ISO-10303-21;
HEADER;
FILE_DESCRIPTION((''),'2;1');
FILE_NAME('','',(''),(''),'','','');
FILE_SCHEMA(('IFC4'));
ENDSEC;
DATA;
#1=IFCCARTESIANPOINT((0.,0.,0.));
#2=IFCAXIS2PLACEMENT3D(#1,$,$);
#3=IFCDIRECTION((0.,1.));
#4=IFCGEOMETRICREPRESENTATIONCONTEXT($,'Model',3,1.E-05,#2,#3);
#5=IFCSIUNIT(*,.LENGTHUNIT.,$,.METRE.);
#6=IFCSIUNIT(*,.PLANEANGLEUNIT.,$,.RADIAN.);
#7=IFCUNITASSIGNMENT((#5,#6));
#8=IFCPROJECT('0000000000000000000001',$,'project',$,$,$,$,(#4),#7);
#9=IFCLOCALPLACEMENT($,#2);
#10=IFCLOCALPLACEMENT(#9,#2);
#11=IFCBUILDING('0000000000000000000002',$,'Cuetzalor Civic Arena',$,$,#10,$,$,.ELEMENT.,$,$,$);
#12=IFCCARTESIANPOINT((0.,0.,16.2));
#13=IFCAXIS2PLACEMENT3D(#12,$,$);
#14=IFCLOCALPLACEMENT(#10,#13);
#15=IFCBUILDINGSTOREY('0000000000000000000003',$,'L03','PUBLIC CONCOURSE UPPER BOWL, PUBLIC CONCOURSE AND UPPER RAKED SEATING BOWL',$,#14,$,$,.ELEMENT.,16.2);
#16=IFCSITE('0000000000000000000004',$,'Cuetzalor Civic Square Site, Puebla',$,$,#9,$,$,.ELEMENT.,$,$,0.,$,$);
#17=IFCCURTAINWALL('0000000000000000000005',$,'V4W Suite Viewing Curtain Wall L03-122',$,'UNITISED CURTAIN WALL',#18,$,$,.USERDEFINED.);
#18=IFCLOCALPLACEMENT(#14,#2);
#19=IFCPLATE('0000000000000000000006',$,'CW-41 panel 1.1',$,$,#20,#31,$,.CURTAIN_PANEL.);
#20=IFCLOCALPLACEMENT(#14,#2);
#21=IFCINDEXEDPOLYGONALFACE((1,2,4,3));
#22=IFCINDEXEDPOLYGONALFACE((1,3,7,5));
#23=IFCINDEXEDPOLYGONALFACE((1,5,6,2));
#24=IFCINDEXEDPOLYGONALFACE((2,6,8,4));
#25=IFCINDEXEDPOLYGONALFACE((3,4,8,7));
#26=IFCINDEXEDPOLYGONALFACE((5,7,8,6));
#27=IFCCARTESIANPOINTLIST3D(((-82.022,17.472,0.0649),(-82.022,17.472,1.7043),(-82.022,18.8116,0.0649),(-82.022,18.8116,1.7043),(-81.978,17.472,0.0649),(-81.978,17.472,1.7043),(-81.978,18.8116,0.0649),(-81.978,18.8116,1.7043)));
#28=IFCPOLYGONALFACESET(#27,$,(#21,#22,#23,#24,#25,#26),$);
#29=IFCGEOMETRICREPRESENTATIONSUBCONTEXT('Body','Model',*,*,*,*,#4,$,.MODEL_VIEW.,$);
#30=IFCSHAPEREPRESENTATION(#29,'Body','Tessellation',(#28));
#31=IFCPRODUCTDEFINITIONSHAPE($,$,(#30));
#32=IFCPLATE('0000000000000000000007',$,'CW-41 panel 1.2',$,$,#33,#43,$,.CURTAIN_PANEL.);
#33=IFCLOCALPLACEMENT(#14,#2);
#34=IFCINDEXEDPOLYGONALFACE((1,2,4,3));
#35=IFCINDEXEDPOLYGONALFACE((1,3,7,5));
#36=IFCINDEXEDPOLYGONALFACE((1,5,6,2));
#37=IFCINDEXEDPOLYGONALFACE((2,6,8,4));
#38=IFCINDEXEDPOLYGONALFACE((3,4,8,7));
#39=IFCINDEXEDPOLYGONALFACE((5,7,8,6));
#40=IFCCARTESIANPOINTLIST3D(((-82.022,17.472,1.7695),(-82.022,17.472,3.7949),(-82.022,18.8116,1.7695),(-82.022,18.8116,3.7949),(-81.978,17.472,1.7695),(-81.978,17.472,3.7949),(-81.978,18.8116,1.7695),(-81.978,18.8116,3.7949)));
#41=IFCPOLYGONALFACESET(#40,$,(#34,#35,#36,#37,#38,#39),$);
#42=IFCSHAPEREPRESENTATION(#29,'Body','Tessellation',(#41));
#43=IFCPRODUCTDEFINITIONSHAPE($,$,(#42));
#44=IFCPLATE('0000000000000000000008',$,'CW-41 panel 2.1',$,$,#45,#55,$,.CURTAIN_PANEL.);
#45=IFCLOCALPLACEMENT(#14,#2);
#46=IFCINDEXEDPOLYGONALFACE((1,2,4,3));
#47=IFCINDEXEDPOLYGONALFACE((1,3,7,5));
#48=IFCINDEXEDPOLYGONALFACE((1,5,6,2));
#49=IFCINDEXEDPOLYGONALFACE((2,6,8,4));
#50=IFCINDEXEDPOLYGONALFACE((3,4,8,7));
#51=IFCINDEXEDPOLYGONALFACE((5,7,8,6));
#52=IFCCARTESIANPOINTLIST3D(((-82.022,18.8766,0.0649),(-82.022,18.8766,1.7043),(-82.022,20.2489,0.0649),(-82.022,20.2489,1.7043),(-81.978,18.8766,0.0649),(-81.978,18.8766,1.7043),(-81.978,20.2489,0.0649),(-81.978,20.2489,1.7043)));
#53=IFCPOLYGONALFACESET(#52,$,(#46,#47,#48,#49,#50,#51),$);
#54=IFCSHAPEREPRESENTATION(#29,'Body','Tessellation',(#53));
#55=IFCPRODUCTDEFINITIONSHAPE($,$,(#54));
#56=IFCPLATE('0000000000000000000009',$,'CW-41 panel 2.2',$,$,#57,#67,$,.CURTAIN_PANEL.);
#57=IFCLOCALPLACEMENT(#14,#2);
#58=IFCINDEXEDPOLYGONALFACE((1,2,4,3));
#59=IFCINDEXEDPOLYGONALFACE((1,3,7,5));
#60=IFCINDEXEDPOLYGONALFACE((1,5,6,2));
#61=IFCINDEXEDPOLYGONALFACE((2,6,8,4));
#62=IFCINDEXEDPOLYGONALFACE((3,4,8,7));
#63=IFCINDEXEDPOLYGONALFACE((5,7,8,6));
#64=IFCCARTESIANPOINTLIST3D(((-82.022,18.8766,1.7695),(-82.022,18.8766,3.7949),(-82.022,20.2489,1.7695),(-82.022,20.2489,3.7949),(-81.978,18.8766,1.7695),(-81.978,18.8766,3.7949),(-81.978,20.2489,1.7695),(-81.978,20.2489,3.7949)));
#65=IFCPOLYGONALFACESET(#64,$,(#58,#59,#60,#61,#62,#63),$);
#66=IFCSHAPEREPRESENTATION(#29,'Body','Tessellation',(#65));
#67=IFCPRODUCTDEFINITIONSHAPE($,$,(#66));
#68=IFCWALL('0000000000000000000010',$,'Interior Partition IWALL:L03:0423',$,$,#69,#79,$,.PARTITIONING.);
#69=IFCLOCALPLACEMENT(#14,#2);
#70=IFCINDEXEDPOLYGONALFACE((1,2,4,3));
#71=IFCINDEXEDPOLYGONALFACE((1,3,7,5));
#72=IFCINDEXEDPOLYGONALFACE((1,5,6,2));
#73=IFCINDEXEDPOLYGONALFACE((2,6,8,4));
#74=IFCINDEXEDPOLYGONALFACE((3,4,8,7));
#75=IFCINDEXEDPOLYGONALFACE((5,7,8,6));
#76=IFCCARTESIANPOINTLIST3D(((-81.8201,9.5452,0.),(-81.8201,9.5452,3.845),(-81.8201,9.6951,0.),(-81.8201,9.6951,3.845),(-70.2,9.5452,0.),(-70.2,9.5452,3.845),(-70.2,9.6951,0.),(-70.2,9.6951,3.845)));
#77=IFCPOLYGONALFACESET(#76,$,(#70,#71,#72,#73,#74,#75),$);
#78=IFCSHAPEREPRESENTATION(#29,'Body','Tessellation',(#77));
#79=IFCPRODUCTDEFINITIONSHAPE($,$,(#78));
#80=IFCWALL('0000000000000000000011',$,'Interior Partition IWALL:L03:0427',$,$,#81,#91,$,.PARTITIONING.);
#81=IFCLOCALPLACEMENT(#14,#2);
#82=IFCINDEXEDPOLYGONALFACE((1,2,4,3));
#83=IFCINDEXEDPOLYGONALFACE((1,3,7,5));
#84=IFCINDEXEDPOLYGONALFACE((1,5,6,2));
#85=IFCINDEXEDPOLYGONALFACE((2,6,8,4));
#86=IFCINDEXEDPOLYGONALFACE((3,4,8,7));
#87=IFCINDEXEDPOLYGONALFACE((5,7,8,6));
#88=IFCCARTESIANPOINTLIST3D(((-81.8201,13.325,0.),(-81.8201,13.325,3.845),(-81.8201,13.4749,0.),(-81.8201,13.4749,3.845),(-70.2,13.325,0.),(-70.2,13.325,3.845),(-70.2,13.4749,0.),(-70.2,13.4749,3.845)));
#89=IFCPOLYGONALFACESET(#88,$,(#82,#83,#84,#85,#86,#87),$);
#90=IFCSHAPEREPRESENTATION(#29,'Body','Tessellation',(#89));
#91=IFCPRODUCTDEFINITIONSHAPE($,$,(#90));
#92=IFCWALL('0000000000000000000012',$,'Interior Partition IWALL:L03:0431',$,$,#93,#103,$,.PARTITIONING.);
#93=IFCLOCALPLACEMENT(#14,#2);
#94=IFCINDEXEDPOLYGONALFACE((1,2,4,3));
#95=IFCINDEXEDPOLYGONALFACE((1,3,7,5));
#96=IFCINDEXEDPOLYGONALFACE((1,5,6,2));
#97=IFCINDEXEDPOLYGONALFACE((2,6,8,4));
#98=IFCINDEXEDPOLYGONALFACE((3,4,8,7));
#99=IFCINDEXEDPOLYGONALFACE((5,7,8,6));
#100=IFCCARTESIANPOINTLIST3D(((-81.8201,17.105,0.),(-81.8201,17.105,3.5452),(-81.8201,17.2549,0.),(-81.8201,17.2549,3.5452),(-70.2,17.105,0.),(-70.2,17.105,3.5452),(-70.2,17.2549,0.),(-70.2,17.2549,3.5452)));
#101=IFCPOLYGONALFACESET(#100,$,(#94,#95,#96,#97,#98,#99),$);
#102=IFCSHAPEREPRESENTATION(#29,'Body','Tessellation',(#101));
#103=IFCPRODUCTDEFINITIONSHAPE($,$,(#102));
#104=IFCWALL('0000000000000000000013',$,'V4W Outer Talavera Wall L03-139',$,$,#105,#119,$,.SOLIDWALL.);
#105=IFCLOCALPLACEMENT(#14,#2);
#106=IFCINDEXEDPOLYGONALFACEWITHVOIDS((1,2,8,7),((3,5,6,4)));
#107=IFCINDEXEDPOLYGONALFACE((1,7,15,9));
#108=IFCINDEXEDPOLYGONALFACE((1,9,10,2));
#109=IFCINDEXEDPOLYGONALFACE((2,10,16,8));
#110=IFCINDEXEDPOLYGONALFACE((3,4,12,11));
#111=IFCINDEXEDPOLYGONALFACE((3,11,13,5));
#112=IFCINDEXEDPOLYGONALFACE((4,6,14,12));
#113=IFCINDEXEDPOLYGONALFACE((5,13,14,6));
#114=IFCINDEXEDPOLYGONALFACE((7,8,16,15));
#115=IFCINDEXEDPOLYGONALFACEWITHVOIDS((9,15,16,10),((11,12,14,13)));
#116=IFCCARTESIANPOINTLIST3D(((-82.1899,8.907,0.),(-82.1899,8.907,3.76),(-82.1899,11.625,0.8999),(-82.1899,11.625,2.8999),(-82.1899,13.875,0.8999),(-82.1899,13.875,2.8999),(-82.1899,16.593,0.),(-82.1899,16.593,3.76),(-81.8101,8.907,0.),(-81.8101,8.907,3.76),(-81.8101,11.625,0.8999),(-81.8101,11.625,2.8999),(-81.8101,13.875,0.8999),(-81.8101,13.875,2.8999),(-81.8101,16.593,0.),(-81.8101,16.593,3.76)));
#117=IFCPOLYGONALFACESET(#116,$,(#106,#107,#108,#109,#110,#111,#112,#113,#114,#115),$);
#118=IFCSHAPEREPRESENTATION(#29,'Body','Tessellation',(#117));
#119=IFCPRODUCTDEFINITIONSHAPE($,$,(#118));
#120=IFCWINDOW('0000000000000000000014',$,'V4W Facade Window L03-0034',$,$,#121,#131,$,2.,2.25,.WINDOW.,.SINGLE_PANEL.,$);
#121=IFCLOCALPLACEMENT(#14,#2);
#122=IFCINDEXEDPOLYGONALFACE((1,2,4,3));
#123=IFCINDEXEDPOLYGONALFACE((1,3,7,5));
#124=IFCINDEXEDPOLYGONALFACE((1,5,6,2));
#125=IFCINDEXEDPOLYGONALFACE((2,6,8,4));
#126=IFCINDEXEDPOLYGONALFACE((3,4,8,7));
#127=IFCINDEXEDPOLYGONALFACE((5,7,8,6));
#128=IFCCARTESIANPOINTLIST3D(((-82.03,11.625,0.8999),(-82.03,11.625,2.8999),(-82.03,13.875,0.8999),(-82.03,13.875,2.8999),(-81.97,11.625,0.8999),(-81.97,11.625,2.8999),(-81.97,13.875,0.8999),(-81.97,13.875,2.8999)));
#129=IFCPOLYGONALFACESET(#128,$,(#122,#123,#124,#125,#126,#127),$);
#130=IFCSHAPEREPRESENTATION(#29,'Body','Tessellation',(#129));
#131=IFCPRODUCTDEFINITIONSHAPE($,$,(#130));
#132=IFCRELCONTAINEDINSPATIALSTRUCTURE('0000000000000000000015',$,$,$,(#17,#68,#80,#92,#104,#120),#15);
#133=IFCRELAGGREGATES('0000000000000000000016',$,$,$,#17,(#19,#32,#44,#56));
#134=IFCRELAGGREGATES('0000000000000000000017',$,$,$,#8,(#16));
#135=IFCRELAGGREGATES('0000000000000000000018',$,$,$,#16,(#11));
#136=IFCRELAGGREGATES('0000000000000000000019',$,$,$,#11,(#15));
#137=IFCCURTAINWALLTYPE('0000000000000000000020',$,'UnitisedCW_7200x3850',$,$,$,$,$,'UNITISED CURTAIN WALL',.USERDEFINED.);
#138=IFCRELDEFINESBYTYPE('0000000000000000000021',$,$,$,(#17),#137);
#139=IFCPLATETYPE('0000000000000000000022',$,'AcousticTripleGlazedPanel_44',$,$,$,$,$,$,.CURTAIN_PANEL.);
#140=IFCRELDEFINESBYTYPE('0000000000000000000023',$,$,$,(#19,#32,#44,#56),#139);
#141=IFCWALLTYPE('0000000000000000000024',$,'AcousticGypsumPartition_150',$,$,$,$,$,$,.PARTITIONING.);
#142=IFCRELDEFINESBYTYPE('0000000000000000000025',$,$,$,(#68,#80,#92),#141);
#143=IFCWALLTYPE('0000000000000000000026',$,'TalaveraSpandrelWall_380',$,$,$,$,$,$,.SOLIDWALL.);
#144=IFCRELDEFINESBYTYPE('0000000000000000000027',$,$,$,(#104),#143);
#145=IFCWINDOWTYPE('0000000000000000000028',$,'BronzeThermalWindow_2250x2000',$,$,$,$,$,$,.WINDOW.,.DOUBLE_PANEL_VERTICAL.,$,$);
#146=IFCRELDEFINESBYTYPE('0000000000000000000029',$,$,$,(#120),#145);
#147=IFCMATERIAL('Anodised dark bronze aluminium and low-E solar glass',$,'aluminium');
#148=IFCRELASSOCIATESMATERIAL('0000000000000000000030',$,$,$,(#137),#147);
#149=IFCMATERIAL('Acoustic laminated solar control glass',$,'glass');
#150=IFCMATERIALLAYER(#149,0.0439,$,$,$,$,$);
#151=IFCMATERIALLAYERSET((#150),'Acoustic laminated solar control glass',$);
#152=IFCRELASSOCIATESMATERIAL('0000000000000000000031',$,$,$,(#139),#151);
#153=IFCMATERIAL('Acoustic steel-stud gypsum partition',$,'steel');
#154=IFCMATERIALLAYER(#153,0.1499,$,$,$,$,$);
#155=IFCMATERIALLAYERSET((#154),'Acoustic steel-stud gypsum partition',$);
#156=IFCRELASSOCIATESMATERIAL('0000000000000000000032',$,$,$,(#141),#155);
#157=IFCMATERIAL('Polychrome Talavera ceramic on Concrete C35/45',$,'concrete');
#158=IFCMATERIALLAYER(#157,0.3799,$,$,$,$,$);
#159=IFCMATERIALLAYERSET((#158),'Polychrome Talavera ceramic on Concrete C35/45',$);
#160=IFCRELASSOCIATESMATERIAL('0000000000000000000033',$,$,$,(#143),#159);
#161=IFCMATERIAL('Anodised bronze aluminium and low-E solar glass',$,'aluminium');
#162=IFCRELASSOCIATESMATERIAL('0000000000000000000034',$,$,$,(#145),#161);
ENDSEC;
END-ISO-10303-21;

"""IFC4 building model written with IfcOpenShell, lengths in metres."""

from ifc_helpers import new_model, si_unit, direction, frame, frame_2d, origin, origin_2d, place, context, subcontext, project, spatial, rectangle, extrude, material, layer, layer_set, type_object, element, fill, aggregate, save


model = new_model("IFC4")

# Units and contexts
model_context = context("Model", 3, precision=1e-05, world=origin(), true_north=direction((0.0, 1.0)))
body_context = subcontext(model_context, "Body", "Model", "MODEL_VIEW")
ifc_project = project(units=[si_unit("LENGTHUNIT", "METRE"), si_unit("PLANEANGLEUNIT", "RADIAN")], contexts=[model_context])

# Site, building, storey
site_placement = place(None, origin())
site = spatial("IfcSite", under=ifc_project, at=site_placement, Name="Cuetzalor Civic Square Site, Puebla", CompositionType="ELEMENT", RefElevation=0.0)
building_placement = place(site_placement, origin())
building = spatial("IfcBuilding", under=site, at=building_placement, Name="Cuetzalor Civic Arena", CompositionType="ELEMENT")
storey_placement = place(building_placement, frame((0.0, 0.0, 16.2)))
storey = spatial("IfcBuildingStorey", under=building, at=storey_placement, Name="L03", Description="PUBLIC CONCOURSE UPPER BOWL, PUBLIC CONCOURSE AND UPPER RAKED SEATING BOWL", CompositionType="ELEMENT", Elevation=16.2)

# Curtain wall
ifc_material_1 = material(Name="Anodised dark bronze aluminium and low-E solar glass", Category="aluminium")
curtain_wall_type = type_object("IfcCurtainWallType", Name="UnitisedCW_7200x3850", ElementType="UNITISED CURTAIN WALL", PredefinedType="USERDEFINED", material=ifc_material_1)
curtain_wall_placement = place(storey_placement, origin())
curtain_wall = element("IfcCurtainWall", 1, at=curtain_wall_placement, inside=storey, type_object=curtain_wall_type, Name="V4W Suite Viewing Curtain Wall L03-122", ObjectType="UNITISED CURTAIN WALL", PredefinedType="USERDEFINED")

# Plates
ifc_material_2 = material(Name="Acoustic laminated solar control glass", Category="glass")
ifc_layer_1 = layer(ifc_material_2, 0.0439)
ifc_layer_set_1 = layer_set([ifc_layer_1], Name="Acoustic laminated solar control glass")
plate_type = type_object("IfcPlateType", Name="AcousticTripleGlazedPanel_44", PredefinedType="CURTAIN_PANEL", material=ifc_layer_set_1)
plate_1_placement = place(storey_placement, frame((-82.0, 18.1418, 0.0649), z_axis=(0.0, 0.0, 1.0), x_axis=(0.0, 1.0, 0.0)))
plate_1 = element("IfcPlate", 2, at=plate_1_placement, type_object=plate_type, Name="CW-41 panel 1.1", PredefinedType="CURTAIN_PANEL", context=body_context, shape_type="SweptSolid", body=[
    extrude(rectangle(XDim=1.3396, YDim=0.0439, at=origin_2d()), origin(), (0.0, 0.0, 1.0), 1.6394),
])
plate_2_placement = place(storey_placement, frame((-82.0, 18.1418, 1.7695), z_axis=(0.0, 0.0, 1.0), x_axis=(0.0, 1.0, 0.0)))
plate_2 = element("IfcPlate", 3, at=plate_2_placement, type_object=plate_type, Name="CW-41 panel 1.2", PredefinedType="CURTAIN_PANEL", context=body_context, shape_type="SweptSolid", body=[
    extrude(rectangle(XDim=1.3396, YDim=0.0439, at=origin_2d()), origin(), (0.0, 0.0, 1.0), 2.0254),
])
plate_3_placement = place(storey_placement, frame((-82.0, 19.5627, 0.0649), z_axis=(0.0, 0.0, 1.0), x_axis=(0.0, 1.0, 0.0)))
plate_3 = element("IfcPlate", 4, at=plate_3_placement, type_object=plate_type, Name="CW-41 panel 2.1", PredefinedType="CURTAIN_PANEL", context=body_context, shape_type="SweptSolid", body=[
    extrude(rectangle(XDim=1.3723, YDim=0.0439, at=origin_2d()), origin(), (0.0, 0.0, 1.0), 1.6394),
])
plate_4_placement = place(storey_placement, frame((-82.0, 19.5627, 1.7695), z_axis=(0.0, 0.0, 1.0), x_axis=(0.0, 1.0, 0.0)))
plate_4 = element("IfcPlate", 5, at=plate_4_placement, type_object=plate_type, Name="CW-41 panel 2.2", PredefinedType="CURTAIN_PANEL", context=body_context, shape_type="SweptSolid", body=[
    extrude(rectangle(XDim=1.3723, YDim=0.0439, at=origin_2d()), origin(), (0.0, 0.0, 1.0), 2.0254),
])
aggregate(curtain_wall, [plate_1, plate_2, plate_3, plate_4])

# Wall
ifc_material_3 = material(Name="Acoustic steel-stud gypsum partition", Category="steel")
ifc_layer_2 = layer(ifc_material_3, 0.1499)
ifc_layer_set_2 = layer_set([ifc_layer_2], Name="Acoustic steel-stud gypsum partition")
wall_type_1 = type_object("IfcWallType", Name="AcousticGypsumPartition_150", PredefinedType="PARTITIONING", material=ifc_layer_set_2)
wall_1_placement = place(storey_placement, frame((-81.8201, 9.6201, 0.0), z_axis=(0.0, 0.0, 1.0), x_axis=(1.0, 0.0, 0.0)))
element("IfcWall", 6, at=wall_1_placement, inside=storey, type_object=wall_type_1, Name="Interior Partition IWALL:L03:0423", PredefinedType="PARTITIONING", context=body_context, shape_type="SweptSolid", body=[
    extrude(rectangle(XDim=11.6201, YDim=0.1499, at=frame_2d((5.8101, 0.0))), origin(), (0.0, 0.0, 1.0), 3.845),
])

# Wall
wall_2_placement = place(storey_placement, frame((-81.8201, 13.3999, 0.0), z_axis=(0.0, 0.0, 1.0), x_axis=(1.0, 0.0, 0.0)))
element("IfcWall", 7, at=wall_2_placement, inside=storey, type_object=wall_type_1, Name="Interior Partition IWALL:L03:0427", PredefinedType="PARTITIONING", context=body_context, shape_type="SweptSolid", body=[
    extrude(rectangle(XDim=11.6201, YDim=0.1499, at=frame_2d((5.8101, 0.0))), origin(), (0.0, 0.0, 1.0), 3.845),
])

# Wall
wall_3_placement = place(storey_placement, frame((-81.8201, 17.1799, 0.0), z_axis=(0.0, 0.0, 1.0), x_axis=(1.0, 0.0, 0.0)))
element("IfcWall", 8, at=wall_3_placement, inside=storey, type_object=wall_type_1, Name="Interior Partition IWALL:L03:0431", PredefinedType="PARTITIONING", context=body_context, shape_type="SweptSolid", body=[
    extrude(rectangle(XDim=11.6201, YDim=0.1499, at=frame_2d((5.8101, 0.0))), origin(), (0.0, 0.0, 1.0), 3.5452),
])

# Wall, opening, window
ifc_material_4 = material(Name="Polychrome Talavera ceramic on Concrete C35/45", Category="concrete")
ifc_layer_3 = layer(ifc_material_4, 0.3799)
ifc_layer_set_3 = layer_set([ifc_layer_3], Name="Polychrome Talavera ceramic on Concrete C35/45")
wall_type_2 = type_object("IfcWallType", Name="TalaveraSpandrelWall_380", PredefinedType="SOLIDWALL", material=ifc_layer_set_3)
wall_4_placement = place(storey_placement, frame((-82.0, 8.907, 0.0), z_axis=(0.0, 0.0, 1.0), x_axis=(0.0, 1.0, 0.0)))
wall_4 = element("IfcWall", 9, at=wall_4_placement, inside=storey, type_object=wall_type_2, Name="V4W Outer Talavera Wall L03-139", PredefinedType="SOLIDWALL", context=body_context, shape_type="SweptSolid", body=[
    extrude(rectangle(XDim=7.686, YDim=0.3799, at=frame_2d((3.843, 0.0))), origin(), (0.0, 0.0, 1.0), 3.76),
])
opening_1_placement = place(wall_4_placement, frame((2.718, 0.0, 0.8999)))
opening_1 = element("IfcOpeningElement", 10, at=opening_1_placement, cuts=wall_4, PredefinedType="OPENING", context=body_context, shape_type="SweptSolid", body=[
    extrude(rectangle(XDim=2.25, YDim=2.0, at=frame_2d((1.125, 1.0))), frame((0.0, 0.2, 0.0), z_axis=(0.0, -1.0, 0.0), x_axis=(1.0, 0.0, 0.0)), (0.0, 0.0, 1.0), 0.3999),
])
ifc_material_5 = material(Name="Anodised bronze aluminium and low-E solar glass", Category="aluminium")
window_type = type_object("IfcWindowType", Name="BronzeThermalWindow_2250x2000", PartitioningType="DOUBLE_PANEL_VERTICAL", PredefinedType="WINDOW", material=ifc_material_5)
window_placement = place(opening_1_placement, origin())
window = element("IfcWindow", 11, at=window_placement, inside=storey, type_object=window_type, Name="V4W Facade Window L03-0034", OverallHeight=2.0, OverallWidth=2.25, PartitioningType="SINGLE_PANEL", PredefinedType="WINDOW", context=body_context, shape_type="SweptSolid", body=[
    extrude(rectangle(XDim=2.25, YDim=2.0, at=frame_2d((1.125, 1.0))), frame((0.0, 0.03, 0.0), z_axis=(0.0, -1.0, 0.0), x_axis=(1.0, 0.0, 0.0)), (0.0, 0.0, 1.0), 0.0601),
])
fill(opening_1, window)

save(model, "model.ifc")
